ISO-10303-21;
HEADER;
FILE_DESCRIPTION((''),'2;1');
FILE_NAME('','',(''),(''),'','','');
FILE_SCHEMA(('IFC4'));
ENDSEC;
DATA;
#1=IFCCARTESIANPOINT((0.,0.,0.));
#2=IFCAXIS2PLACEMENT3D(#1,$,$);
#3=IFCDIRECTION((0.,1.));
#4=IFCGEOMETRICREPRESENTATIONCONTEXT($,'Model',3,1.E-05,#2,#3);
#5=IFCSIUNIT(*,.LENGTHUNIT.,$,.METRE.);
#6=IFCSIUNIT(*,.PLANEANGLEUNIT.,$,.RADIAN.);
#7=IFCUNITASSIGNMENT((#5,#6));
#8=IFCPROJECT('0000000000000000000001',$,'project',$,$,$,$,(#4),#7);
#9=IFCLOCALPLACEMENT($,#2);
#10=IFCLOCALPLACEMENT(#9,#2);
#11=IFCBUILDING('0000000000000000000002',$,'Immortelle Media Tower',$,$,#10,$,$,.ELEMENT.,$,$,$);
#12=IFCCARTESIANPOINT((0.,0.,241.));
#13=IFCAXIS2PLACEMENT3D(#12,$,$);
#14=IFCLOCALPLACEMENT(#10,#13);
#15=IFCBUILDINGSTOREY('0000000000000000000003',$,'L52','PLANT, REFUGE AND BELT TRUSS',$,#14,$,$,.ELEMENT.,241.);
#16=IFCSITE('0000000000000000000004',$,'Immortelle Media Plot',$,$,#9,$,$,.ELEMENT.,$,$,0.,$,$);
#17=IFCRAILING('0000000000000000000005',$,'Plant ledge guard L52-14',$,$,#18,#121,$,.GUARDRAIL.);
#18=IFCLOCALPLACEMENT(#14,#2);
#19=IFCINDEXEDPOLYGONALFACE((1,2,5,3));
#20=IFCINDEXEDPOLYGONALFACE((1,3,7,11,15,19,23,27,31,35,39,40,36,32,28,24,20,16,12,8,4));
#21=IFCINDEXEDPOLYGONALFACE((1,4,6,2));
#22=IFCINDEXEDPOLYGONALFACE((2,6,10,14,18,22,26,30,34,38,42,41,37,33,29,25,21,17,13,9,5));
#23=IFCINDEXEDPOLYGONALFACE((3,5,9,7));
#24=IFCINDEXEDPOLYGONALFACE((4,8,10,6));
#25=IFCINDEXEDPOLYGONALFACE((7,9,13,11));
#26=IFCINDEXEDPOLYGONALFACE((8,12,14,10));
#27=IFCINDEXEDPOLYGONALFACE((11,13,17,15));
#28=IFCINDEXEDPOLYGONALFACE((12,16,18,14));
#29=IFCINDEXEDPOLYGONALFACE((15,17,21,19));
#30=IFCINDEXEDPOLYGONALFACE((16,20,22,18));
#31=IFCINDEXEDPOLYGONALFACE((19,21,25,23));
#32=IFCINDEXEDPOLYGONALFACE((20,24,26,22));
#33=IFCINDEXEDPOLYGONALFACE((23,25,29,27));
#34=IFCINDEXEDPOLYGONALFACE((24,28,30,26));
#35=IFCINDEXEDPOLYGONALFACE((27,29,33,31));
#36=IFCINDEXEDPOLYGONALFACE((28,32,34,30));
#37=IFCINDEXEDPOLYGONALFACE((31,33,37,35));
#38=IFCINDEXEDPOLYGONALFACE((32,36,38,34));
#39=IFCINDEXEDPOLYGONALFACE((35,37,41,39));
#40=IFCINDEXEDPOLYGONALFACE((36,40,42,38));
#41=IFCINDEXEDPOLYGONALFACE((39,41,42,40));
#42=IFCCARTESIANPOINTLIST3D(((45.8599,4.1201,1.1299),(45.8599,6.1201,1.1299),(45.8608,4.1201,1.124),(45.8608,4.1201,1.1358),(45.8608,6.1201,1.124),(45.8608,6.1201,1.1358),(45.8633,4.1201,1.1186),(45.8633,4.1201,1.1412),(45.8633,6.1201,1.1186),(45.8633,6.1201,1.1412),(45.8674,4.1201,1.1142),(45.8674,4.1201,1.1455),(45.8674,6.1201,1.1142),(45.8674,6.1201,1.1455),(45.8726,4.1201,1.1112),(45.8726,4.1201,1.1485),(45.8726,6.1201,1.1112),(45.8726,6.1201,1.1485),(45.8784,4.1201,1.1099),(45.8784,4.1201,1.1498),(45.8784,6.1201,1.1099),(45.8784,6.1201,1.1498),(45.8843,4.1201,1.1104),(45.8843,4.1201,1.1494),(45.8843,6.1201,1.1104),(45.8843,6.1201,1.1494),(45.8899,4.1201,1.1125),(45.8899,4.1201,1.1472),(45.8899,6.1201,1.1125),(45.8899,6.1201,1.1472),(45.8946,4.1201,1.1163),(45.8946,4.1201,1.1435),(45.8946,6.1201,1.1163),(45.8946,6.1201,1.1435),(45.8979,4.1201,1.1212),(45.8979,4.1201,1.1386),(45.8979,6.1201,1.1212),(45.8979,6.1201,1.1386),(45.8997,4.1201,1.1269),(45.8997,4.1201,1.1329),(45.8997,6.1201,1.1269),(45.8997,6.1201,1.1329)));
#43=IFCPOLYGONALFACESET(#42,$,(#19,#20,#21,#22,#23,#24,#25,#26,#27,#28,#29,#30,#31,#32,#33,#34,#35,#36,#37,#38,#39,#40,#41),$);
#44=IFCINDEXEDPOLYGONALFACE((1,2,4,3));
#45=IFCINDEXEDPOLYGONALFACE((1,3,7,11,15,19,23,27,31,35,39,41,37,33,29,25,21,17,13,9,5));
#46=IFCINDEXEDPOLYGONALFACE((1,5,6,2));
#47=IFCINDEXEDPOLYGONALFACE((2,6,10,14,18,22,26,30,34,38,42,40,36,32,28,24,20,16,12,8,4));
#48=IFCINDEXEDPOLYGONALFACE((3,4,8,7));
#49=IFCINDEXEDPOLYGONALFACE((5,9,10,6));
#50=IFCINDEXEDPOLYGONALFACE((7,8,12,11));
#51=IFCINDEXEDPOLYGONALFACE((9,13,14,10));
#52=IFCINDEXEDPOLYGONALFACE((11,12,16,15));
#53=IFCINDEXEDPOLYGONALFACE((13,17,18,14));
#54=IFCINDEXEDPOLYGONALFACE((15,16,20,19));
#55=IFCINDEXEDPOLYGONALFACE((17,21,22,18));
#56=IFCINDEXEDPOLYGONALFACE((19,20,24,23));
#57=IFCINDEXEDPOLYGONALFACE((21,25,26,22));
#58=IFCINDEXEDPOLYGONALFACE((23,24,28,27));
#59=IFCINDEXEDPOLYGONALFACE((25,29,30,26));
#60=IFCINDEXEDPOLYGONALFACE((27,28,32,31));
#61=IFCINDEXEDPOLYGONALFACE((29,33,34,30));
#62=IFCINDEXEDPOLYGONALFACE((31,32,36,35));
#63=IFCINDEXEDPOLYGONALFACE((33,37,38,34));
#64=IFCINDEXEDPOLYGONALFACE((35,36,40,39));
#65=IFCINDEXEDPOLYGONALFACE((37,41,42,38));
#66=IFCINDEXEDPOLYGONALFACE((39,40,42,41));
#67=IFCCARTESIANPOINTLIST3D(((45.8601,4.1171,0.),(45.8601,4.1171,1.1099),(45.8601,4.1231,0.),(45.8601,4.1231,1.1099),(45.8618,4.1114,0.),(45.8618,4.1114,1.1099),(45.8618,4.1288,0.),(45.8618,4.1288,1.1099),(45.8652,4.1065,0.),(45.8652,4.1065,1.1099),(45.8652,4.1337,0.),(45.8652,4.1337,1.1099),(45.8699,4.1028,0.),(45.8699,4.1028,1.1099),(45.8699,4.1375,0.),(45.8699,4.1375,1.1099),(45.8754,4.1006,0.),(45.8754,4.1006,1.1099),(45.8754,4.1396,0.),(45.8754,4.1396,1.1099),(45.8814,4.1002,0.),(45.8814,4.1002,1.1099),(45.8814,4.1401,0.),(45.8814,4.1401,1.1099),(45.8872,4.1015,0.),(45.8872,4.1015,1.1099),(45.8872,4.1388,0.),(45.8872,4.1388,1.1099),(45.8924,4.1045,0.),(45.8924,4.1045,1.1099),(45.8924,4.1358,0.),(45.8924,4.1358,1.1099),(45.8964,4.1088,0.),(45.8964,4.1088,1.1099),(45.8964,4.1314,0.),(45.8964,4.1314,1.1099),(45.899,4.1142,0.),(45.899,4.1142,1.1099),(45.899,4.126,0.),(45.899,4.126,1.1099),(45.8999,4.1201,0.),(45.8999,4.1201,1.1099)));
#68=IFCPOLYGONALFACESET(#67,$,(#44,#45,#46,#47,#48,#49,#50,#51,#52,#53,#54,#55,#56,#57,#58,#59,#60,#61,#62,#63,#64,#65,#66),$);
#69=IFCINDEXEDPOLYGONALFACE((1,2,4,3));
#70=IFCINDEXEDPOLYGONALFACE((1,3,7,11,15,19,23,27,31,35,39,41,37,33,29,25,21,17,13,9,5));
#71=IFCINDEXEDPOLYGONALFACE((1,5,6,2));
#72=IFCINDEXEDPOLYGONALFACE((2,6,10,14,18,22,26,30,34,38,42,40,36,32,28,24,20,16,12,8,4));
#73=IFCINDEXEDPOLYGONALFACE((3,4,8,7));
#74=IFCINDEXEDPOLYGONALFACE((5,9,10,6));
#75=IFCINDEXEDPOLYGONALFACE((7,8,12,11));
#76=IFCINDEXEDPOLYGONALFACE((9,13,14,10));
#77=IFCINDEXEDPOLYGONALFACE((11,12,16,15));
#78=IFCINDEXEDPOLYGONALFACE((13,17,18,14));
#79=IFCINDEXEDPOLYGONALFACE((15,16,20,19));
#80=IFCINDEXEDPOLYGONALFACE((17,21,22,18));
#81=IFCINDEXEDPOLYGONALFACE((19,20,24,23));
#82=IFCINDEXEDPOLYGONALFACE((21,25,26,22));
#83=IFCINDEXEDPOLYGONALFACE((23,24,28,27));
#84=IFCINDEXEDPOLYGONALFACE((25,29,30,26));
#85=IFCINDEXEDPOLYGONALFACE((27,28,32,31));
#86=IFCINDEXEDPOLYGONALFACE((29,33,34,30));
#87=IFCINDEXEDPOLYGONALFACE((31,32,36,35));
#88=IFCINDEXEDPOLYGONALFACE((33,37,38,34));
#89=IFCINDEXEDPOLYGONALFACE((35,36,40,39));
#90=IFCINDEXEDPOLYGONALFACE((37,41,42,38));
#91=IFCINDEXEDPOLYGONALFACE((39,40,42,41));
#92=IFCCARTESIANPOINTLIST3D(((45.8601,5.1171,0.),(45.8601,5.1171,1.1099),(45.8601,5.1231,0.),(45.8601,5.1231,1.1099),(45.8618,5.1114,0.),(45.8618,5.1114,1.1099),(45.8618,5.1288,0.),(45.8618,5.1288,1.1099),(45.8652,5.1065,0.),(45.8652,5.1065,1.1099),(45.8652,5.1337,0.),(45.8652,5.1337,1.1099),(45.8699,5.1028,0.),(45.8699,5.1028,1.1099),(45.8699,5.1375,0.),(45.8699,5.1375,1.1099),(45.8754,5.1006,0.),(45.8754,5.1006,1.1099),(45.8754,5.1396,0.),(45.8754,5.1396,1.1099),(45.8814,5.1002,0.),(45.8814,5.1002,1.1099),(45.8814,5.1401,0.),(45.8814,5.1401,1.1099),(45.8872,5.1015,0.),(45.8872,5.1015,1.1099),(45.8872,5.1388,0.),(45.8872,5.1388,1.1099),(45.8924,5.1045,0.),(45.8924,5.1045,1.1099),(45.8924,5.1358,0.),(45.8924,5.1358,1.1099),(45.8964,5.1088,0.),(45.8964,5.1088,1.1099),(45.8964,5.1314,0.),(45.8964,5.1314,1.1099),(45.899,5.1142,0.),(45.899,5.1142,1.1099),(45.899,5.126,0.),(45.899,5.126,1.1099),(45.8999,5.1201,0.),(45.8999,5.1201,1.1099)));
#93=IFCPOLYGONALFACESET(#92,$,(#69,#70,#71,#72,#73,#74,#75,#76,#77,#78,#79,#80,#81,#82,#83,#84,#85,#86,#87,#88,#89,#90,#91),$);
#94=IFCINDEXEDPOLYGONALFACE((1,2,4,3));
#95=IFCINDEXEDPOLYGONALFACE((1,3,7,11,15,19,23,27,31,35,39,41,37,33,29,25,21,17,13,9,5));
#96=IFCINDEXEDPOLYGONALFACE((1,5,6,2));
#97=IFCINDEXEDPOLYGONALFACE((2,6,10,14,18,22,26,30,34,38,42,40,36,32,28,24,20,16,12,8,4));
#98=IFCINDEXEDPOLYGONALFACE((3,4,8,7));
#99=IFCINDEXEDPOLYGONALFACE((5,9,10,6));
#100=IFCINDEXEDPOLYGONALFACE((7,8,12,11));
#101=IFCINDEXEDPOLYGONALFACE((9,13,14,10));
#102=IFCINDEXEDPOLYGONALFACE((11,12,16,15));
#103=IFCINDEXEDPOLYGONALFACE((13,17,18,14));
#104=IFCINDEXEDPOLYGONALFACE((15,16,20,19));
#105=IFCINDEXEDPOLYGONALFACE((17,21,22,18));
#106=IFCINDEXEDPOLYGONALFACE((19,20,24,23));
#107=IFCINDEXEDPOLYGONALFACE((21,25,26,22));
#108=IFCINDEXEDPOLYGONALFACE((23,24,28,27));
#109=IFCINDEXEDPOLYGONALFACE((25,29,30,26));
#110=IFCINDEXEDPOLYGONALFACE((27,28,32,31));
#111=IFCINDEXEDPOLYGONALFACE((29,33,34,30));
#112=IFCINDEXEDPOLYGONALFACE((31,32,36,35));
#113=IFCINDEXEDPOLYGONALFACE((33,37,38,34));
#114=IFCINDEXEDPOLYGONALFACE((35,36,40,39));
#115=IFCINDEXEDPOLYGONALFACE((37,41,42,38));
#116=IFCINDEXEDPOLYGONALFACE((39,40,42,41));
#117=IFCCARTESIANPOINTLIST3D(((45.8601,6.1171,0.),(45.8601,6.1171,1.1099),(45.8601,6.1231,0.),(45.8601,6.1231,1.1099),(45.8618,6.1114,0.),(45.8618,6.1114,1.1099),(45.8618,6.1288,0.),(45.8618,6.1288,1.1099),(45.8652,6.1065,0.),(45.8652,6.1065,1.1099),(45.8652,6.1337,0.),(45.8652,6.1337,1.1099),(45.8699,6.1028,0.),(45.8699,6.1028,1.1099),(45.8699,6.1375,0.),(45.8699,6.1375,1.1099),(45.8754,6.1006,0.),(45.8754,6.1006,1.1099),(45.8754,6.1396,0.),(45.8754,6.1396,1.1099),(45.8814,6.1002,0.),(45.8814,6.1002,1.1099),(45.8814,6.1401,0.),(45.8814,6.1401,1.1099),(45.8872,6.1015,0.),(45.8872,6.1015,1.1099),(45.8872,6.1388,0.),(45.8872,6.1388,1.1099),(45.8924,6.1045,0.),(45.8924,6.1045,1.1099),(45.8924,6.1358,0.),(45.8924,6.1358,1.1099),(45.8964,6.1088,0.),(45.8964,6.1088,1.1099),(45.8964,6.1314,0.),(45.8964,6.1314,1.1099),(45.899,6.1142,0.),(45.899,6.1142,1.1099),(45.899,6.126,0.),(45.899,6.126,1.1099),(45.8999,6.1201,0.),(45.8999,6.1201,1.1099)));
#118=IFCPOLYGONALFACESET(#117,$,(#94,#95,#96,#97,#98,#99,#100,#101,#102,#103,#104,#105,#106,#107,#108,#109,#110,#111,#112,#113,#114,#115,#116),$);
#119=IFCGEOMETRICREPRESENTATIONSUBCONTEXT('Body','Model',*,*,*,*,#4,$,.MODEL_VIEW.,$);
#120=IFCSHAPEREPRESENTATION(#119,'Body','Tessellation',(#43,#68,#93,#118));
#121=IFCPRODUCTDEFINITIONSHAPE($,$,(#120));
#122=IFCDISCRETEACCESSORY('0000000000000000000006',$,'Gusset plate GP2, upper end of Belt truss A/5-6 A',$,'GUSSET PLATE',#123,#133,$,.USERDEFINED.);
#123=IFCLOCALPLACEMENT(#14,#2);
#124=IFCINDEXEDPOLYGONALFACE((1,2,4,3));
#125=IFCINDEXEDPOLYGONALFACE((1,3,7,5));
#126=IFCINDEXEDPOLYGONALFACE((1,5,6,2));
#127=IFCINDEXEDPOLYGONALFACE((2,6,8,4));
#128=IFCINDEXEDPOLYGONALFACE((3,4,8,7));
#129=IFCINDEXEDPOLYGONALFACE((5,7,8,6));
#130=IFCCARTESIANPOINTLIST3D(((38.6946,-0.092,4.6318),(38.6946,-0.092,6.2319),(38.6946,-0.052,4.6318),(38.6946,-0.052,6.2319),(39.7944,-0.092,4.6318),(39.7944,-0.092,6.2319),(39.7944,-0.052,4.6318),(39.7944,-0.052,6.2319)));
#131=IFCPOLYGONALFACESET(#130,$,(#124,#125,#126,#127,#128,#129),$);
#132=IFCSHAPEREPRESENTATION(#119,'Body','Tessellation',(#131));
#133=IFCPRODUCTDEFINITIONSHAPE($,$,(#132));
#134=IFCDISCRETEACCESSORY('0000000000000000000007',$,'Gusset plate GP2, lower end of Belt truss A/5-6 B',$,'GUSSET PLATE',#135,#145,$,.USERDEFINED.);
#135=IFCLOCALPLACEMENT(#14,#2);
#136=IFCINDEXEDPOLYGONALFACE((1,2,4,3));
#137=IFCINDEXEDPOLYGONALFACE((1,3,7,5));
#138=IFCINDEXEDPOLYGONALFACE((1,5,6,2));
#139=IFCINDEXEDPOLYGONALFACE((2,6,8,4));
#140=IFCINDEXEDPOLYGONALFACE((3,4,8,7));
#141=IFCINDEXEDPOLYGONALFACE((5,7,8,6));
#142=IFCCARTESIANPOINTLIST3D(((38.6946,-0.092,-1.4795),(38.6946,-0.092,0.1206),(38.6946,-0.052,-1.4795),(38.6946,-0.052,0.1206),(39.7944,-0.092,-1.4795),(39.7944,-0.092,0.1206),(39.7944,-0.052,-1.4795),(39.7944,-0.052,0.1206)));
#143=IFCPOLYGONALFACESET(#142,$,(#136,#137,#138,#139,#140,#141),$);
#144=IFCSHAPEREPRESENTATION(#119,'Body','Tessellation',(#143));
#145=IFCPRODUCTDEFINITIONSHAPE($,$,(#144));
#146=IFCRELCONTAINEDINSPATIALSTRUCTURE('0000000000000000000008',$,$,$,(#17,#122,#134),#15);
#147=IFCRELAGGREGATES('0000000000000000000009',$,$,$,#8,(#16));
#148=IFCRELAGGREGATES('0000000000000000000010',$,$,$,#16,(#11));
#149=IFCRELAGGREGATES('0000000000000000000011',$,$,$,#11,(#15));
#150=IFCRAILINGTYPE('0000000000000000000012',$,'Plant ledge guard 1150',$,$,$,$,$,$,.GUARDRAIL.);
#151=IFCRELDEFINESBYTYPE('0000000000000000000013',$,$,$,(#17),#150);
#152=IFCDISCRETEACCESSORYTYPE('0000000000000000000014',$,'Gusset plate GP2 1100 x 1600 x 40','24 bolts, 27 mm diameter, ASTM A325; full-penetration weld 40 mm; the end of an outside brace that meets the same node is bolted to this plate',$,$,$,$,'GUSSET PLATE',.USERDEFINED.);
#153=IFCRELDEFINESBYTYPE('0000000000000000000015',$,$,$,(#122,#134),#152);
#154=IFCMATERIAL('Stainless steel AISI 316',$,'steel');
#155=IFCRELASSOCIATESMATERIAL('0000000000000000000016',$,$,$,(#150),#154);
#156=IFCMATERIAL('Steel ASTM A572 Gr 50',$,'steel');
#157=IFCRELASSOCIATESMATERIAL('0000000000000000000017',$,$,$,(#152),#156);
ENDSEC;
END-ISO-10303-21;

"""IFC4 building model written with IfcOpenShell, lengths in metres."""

from ifc_helpers import new_model, si_unit, direction, frame, origin, origin_2d, place, context, subcontext, project, spatial, rectangle, circle, extrude, material, material_profile, profile_set, type_object, element, save


model = new_model("IFC4")

# Units and contexts
model_context = context("Model", 3, precision=1e-05, world=origin(), true_north=direction((0.0, 1.0)))
body_context = subcontext(model_context, "Body", "Model", "MODEL_VIEW")
ifc_project = project(units=[si_unit("LENGTHUNIT", "METRE"), si_unit("PLANEANGLEUNIT", "RADIAN")], contexts=[model_context])

# Site, building, storey
site_placement = place(None, origin())
site = spatial("IfcSite", under=ifc_project, at=site_placement, Name="Immortelle Media Plot", CompositionType="ELEMENT", RefElevation=0.0)
building_placement = place(site_placement, origin())
building = spatial("IfcBuilding", under=site, at=building_placement, Name="Immortelle Media Tower", CompositionType="ELEMENT")
storey_placement = place(building_placement, frame((0.0, 0.0, 241.0)))
storey = spatial("IfcBuildingStorey", under=building, at=storey_placement, Name="L52", Description="PLANT, REFUGE AND BELT TRUSS", CompositionType="ELEMENT", Elevation=241.0)

# Railing
ifc_material_1 = material(Name="Stainless steel AISI 316", Category="steel")
railing_type = type_object("IfcRailingType", Name="Plant ledge guard 1150", PredefinedType="GUARDRAIL", material=ifc_material_1)
railing_1_placement = place(storey_placement, frame((45.8799, 4.1201, 0.0)))
element("IfcRailing", 1, at=railing_1_placement, inside=storey, type_object=railing_type, Name="Plant ledge guard L52-14", PredefinedType="GUARDRAIL", context=body_context, shape_type="SweptSolid", body=[
    extrude(circle(Radius=0.02, at=origin_2d()), frame((0.0, 0.0, 1.1299), z_axis=(0.0, 1.0, 0.0), x_axis=(-1.0, 0.0, 0.0)), (0.0, 0.0, 1.0), 2.0),
    extrude(circle(Radius=0.02, at=origin_2d()), origin(), (0.0, 0.0, 1.0), 1.1099),
    extrude(circle(Radius=0.02, at=origin_2d()), frame((0.0, 1.0, 0.0)), (0.0, 0.0, 1.0), 1.1099),
    extrude(circle(Radius=0.02, at=origin_2d()), frame((0.0, 2.0, 0.0)), (0.0, 0.0, 1.0), 1.1099),
])

# Discrete accessories
ifc_material_2 = material(Name="Steel ASTM A572 Gr 50", Category="steel")
ifc_material_profile_1 = material_profile(ifc_material_2, rectangle(XDim=0.04, YDim=1.6001, at=origin_2d()), Name="PL 40 x 1600")
ifc_profile_set_1 = profile_set([ifc_material_profile_1], Name="Steel ASTM A572 Gr 50")
discrete_accessory_type = type_object("IfcDiscreteAccessoryType", Name="Gusset plate GP2 1100 x 1600 x 40", Description="24 bolts, 27 mm diameter, ASTM A325; full-penetration weld 40 mm; the end of an outside brace that meets the same node is bolted to this plate", ElementType="GUSSET PLATE", PredefinedType="USERDEFINED", material=ifc_profile_set_1)
for number, where, z_axis, x_axis, name in (
    (2, (39.7944, -0.072, 5.4319), (-1.0, 0.0, 0.0), (0.0, -1.0, 0.0), "Gusset plate GP2, upper end of Belt truss A/5-6 A"),
    (3, (39.7944, -0.072, -0.6794), (-1.0, 0.0, 0.0), (0.0, -1.0, 0.0), "Gusset plate GP2, lower end of Belt truss A/5-6 B"),
):
    element("IfcDiscreteAccessory", number, at=place(storey_placement, frame(where, z_axis=z_axis, x_axis=x_axis)), inside=storey, type_object=discrete_accessory_type, Name=name, ObjectType="GUSSET PLATE", PredefinedType="USERDEFINED", context=body_context, shape_type="SweptSolid", body=[
        extrude(rectangle(XDim=0.04, YDim=1.6001, at=origin_2d()), origin(), (0.0, 0.0, 1.0), 1.0999),
    ])

save(model, "model.ifc")
